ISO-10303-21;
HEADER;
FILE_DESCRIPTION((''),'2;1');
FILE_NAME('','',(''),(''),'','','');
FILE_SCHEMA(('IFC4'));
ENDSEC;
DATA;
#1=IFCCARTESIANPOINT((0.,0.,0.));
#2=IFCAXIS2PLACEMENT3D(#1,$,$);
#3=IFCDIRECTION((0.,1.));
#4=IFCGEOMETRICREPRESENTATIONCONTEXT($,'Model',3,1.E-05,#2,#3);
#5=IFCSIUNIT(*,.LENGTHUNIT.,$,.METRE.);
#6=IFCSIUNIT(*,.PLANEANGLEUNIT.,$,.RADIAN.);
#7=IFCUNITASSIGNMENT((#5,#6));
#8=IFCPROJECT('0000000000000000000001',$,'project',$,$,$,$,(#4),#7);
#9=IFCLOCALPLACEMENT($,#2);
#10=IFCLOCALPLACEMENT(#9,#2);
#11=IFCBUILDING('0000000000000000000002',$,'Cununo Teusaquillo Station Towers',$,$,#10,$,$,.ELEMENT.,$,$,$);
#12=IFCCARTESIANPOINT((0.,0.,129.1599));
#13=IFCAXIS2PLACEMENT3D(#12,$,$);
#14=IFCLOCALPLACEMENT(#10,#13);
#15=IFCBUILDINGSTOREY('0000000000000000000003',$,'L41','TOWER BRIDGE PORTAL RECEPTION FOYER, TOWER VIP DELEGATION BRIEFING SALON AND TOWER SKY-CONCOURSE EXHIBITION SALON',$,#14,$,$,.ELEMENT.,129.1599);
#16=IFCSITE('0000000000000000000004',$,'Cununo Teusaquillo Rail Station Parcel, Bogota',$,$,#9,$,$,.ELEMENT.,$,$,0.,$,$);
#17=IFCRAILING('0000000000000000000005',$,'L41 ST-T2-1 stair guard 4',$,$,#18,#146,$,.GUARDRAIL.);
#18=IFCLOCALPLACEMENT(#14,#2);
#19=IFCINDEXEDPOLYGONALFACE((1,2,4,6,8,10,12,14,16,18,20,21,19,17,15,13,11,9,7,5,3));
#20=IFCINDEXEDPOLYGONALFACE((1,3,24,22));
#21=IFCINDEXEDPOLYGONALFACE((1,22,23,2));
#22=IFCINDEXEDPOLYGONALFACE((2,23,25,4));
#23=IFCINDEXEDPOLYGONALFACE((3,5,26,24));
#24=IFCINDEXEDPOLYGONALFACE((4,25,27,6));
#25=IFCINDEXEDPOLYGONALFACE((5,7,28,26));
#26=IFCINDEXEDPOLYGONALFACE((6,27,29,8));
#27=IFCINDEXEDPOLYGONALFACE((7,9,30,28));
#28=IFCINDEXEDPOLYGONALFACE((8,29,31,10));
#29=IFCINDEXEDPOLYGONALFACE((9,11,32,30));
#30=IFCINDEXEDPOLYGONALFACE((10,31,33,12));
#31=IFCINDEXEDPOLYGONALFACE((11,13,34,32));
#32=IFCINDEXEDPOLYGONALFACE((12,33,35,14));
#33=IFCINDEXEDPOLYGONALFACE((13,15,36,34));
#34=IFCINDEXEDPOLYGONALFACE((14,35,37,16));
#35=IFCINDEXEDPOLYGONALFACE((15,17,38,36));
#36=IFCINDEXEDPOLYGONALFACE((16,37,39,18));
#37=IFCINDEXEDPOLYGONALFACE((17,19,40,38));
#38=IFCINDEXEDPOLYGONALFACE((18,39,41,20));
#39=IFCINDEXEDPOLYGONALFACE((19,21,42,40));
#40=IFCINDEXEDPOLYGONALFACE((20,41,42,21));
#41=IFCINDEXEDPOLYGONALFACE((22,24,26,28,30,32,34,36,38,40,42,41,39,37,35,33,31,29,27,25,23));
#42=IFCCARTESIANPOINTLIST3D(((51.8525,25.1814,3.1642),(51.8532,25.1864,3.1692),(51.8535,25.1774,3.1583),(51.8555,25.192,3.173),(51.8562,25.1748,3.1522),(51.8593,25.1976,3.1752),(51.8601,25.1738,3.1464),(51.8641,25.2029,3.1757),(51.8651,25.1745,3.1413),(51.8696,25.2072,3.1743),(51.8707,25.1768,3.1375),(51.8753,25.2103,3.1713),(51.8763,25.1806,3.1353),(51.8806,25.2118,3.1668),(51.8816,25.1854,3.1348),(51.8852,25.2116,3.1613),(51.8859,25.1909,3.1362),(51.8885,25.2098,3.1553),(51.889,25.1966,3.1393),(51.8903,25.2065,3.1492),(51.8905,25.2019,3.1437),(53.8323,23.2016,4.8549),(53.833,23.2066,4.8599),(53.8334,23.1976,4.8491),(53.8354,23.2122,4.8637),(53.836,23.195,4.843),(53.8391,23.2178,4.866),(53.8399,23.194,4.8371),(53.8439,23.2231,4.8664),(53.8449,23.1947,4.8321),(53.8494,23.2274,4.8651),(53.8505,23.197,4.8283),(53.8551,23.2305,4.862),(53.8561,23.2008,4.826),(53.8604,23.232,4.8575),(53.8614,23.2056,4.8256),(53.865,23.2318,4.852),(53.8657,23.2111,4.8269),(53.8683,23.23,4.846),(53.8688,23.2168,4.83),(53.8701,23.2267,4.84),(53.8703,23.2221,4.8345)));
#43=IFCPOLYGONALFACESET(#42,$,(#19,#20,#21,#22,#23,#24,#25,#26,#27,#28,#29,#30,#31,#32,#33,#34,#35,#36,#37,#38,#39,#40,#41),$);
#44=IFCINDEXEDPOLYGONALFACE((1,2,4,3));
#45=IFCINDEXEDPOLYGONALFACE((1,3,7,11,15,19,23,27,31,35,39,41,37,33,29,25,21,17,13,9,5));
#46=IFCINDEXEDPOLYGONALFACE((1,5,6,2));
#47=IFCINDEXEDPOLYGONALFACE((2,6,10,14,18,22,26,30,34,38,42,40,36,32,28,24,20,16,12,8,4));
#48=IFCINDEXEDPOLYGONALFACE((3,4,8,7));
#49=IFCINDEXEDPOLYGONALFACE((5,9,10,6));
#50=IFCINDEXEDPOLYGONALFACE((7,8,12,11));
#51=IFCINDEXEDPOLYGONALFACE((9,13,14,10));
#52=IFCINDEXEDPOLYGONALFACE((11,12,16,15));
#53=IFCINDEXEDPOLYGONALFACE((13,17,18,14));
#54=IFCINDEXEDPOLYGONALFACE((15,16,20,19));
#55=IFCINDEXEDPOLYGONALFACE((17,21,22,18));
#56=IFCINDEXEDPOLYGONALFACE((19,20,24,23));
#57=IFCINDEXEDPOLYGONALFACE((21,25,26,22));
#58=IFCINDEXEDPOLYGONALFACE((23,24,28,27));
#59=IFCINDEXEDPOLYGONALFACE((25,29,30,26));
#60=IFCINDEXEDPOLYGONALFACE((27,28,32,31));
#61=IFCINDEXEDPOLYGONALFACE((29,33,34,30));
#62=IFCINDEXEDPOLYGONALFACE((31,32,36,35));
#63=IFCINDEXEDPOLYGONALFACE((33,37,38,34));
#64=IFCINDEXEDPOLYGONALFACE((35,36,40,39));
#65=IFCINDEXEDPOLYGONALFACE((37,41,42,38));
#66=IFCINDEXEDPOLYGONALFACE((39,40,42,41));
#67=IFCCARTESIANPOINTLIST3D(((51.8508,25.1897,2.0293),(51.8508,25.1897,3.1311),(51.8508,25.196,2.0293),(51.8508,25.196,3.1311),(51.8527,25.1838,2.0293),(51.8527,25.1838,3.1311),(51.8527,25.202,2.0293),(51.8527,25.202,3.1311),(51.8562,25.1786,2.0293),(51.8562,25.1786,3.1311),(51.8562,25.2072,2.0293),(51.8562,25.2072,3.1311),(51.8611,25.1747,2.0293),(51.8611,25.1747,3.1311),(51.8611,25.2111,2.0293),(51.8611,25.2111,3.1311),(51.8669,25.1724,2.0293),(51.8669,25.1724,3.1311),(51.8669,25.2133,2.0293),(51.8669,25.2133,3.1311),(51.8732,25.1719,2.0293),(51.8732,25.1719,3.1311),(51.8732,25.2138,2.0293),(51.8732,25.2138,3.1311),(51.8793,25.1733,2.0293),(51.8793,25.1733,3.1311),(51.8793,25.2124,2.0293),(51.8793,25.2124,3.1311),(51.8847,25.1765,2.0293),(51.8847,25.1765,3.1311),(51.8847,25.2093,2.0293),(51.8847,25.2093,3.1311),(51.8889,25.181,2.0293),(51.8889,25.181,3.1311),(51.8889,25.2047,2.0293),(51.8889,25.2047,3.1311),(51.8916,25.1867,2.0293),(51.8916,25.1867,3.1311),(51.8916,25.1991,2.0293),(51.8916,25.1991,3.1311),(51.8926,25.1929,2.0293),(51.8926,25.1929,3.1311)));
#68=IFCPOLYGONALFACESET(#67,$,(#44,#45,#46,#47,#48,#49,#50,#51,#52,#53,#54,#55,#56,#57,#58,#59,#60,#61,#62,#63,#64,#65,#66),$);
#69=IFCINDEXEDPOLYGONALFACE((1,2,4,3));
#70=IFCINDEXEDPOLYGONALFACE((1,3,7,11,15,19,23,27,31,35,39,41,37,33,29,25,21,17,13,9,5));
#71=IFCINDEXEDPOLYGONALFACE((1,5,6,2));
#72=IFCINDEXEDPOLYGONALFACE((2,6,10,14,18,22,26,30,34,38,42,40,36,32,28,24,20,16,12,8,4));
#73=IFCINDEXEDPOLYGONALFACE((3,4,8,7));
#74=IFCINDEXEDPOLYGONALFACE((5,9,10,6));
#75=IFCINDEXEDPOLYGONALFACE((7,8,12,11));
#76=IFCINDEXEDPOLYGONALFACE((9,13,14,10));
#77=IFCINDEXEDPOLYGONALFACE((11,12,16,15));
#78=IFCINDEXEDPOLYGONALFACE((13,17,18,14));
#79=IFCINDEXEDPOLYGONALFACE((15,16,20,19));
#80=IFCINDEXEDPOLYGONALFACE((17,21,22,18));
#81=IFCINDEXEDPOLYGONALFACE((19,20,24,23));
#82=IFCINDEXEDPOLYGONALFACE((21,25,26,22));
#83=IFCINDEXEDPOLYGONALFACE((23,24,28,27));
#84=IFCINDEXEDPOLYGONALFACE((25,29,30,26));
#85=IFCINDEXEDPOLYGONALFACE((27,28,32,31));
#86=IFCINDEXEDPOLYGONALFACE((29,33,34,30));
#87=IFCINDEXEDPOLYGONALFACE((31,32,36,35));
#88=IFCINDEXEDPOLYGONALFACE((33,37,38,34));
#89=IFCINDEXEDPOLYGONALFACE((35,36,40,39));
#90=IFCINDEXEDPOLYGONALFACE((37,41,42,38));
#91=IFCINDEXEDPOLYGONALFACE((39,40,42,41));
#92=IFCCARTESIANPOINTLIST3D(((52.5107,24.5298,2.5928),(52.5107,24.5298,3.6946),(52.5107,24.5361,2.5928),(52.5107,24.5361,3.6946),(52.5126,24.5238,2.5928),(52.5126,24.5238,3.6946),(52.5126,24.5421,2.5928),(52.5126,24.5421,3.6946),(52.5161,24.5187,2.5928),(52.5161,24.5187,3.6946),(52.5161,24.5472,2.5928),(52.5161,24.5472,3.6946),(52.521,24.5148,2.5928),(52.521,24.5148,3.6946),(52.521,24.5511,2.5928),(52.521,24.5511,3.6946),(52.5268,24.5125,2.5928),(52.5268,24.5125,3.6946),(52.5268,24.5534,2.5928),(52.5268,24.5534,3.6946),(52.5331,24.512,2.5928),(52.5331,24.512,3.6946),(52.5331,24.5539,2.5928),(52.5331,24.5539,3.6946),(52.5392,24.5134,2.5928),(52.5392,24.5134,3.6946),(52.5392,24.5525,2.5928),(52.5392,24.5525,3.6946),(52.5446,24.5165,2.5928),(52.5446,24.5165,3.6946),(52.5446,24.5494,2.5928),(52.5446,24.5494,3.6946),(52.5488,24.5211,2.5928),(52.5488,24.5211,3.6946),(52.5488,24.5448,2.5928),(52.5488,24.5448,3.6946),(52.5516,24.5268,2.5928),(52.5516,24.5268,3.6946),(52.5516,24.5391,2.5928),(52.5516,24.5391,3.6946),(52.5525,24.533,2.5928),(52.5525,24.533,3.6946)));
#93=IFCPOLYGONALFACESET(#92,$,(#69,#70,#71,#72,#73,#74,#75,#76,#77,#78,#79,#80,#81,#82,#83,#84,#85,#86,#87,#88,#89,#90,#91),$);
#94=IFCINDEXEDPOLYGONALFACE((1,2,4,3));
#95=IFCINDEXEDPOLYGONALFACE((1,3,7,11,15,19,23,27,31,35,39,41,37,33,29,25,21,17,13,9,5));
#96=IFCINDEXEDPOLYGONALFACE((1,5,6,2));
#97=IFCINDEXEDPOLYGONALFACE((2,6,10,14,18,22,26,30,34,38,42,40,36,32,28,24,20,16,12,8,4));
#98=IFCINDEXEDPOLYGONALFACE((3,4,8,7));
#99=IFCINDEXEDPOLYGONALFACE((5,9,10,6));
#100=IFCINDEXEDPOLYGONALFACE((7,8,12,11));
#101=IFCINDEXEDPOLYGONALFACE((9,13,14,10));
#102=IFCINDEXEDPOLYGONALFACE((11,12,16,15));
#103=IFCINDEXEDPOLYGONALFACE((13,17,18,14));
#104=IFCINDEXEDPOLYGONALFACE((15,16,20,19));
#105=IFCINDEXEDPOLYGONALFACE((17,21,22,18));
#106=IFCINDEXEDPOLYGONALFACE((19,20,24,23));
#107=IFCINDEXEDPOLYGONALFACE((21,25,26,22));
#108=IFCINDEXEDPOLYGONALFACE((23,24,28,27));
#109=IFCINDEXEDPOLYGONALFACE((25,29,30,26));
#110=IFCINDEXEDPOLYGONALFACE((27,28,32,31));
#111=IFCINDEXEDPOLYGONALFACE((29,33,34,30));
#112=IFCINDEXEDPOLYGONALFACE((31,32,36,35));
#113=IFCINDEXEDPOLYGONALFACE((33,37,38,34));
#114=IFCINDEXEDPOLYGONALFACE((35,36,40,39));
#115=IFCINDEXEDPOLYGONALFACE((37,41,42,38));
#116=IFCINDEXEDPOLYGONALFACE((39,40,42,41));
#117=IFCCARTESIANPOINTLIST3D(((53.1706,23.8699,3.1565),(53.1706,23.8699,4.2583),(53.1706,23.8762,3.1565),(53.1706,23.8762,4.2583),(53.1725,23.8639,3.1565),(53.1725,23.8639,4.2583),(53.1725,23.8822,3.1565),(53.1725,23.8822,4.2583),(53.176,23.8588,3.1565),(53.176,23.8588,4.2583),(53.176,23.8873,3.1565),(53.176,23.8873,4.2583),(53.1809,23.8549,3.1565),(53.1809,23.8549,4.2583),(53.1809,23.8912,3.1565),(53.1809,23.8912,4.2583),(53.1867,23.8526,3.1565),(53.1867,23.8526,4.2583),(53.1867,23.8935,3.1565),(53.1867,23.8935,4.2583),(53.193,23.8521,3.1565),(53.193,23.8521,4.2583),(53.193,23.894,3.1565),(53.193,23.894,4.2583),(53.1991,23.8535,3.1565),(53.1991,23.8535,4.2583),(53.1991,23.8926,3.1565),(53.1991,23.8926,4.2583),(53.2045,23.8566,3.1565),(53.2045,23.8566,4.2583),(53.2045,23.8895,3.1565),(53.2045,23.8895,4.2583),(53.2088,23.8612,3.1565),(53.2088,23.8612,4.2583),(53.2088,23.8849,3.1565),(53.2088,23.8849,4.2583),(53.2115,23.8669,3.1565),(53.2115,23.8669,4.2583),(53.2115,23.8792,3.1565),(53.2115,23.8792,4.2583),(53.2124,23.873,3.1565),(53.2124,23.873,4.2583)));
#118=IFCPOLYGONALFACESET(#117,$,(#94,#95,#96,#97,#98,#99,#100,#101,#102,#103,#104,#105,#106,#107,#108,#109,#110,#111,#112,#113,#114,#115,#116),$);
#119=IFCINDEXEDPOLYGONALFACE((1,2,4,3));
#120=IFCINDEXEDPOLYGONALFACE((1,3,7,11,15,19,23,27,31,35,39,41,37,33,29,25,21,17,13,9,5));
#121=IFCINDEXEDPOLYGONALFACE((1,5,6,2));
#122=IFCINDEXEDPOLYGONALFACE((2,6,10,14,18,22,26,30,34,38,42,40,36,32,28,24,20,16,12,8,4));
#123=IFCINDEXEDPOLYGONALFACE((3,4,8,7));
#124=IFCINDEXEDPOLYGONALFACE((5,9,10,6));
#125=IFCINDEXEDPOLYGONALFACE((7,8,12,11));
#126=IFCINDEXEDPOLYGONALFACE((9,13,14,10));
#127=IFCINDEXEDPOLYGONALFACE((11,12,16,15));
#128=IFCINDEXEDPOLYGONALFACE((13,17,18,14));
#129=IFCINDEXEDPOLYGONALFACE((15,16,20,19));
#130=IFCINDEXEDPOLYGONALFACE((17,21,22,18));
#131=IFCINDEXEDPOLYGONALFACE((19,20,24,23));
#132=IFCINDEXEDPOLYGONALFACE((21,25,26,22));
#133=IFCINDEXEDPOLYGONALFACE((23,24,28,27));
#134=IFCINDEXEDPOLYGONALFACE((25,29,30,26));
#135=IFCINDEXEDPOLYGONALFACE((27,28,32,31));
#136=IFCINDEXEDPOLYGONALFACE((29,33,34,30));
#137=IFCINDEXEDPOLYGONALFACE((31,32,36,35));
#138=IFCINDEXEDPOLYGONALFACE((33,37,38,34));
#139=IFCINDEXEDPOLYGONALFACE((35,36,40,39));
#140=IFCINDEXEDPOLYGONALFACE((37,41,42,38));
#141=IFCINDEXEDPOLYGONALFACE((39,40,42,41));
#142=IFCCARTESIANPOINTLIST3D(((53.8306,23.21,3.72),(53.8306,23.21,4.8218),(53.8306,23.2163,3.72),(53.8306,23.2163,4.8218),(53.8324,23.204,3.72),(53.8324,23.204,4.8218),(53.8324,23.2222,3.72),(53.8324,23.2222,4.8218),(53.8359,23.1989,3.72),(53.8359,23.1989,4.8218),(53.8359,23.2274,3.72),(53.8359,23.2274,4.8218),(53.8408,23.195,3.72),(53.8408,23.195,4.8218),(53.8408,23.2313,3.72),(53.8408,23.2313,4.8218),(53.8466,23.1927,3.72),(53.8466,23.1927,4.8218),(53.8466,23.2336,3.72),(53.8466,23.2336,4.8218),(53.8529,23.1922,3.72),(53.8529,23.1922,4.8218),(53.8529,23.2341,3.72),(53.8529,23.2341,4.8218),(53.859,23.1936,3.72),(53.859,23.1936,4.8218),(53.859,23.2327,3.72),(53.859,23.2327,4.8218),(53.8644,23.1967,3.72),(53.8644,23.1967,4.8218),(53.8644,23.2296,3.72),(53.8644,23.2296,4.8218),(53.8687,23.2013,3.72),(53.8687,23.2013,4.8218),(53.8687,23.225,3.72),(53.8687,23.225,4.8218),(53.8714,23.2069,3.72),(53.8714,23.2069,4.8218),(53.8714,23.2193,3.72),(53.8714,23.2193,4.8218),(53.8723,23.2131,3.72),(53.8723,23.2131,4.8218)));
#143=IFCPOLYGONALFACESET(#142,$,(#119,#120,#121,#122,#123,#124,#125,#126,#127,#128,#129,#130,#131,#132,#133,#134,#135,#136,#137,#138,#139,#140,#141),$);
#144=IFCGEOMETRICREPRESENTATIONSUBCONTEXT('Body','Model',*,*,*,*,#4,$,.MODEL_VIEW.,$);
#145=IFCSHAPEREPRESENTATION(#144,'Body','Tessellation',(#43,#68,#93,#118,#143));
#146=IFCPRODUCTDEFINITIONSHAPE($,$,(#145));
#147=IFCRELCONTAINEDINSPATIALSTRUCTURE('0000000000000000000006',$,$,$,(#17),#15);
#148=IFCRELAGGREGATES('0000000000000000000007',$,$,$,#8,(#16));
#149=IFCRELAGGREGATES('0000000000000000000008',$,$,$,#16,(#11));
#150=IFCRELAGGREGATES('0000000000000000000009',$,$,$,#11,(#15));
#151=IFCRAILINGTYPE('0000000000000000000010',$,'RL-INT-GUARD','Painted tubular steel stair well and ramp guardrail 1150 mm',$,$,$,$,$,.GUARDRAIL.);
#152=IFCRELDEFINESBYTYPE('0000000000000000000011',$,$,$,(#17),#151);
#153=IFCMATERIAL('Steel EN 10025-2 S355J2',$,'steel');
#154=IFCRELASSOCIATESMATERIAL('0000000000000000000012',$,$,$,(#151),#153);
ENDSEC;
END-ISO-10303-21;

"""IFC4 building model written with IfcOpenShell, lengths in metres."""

from ifc_helpers import new_model, si_unit, direction, frame, origin, origin_2d, place, context, subcontext, project, spatial, circle, extrude, material, type_object, element, save


model = new_model("IFC4")

# Units and contexts
model_context = context("Model", 3, precision=1e-05, world=origin(), true_north=direction((0.0, 1.0)))
body_context = subcontext(model_context, "Body", "Model", "MODEL_VIEW")
ifc_project = project(units=[si_unit("LENGTHUNIT", "METRE"), si_unit("PLANEANGLEUNIT", "RADIAN")], contexts=[model_context])

# Site, building, storey
site_placement = place(None, origin())
site = spatial("IfcSite", under=ifc_project, at=site_placement, Name="Cununo Teusaquillo Rail Station Parcel, Bogota", CompositionType="ELEMENT", RefElevation=0.0)
building_placement = place(site_placement, origin())
building = spatial("IfcBuilding", under=site, at=building_placement, Name="Cununo Teusaquillo Station Towers", CompositionType="ELEMENT")
storey_placement = place(building_placement, frame((0.0, 0.0, 129.1599)))
storey = spatial("IfcBuildingStorey", under=building, at=storey_placement, Name="L41", Description="TOWER BRIDGE PORTAL RECEPTION FOYER, TOWER VIP DELEGATION BRIEFING SALON AND TOWER SKY-CONCOURSE EXHIBITION SALON", CompositionType="ELEMENT", Elevation=129.1599)

# Railing
ifc_material_1 = material(Name="Steel EN 10025-2 S355J2", Category="steel")
railing_type_1 = type_object("IfcRailingType", Name="RL-INT-GUARD", Description="Painted tubular steel stair well and ramp guardrail 1150 mm", PredefinedType="GUARDRAIL", material=ifc_material_1)
railing_1_placement = place(storey_placement, frame((51.8716, 25.1929, 2.0293)))
element("IfcRailing", 1, at=railing_1_placement, inside=storey, type_object=railing_type_1, Name="L41 ST-T2-1 stair guard 4", PredefinedType="GUARDRAIL", context=body_context, shape_type="SweptSolid", body=[
    extrude(circle(Radius=0.0239, at=origin_2d()), frame((0.0, 0.0, 1.126), z_axis=(0.605305, -0.605305, 0.516924), x_axis=(0.707107, 0.707107, 0.0)), (0.0, 0.0, 1.0), 3.2708),
    extrude(circle(Radius=0.021, at=origin_2d()), origin(), (0.0, 0.0, 1.0), 1.1018),
    extrude(circle(Radius=0.021, at=origin_2d()), frame((0.6599, -0.6599, 0.5635)), (0.0, 0.0, 1.0), 1.1018),
    extrude(circle(Radius=0.021, at=origin_2d()), frame((1.3198, -1.3198, 1.1272)), (0.0, 0.0, 1.0), 1.1018),
    extrude(circle(Radius=0.021, at=origin_2d()), frame((1.9797, -1.9797, 1.6907)), (0.0, 0.0, 1.0), 1.1018),
])

save(model, "model.ifc")
